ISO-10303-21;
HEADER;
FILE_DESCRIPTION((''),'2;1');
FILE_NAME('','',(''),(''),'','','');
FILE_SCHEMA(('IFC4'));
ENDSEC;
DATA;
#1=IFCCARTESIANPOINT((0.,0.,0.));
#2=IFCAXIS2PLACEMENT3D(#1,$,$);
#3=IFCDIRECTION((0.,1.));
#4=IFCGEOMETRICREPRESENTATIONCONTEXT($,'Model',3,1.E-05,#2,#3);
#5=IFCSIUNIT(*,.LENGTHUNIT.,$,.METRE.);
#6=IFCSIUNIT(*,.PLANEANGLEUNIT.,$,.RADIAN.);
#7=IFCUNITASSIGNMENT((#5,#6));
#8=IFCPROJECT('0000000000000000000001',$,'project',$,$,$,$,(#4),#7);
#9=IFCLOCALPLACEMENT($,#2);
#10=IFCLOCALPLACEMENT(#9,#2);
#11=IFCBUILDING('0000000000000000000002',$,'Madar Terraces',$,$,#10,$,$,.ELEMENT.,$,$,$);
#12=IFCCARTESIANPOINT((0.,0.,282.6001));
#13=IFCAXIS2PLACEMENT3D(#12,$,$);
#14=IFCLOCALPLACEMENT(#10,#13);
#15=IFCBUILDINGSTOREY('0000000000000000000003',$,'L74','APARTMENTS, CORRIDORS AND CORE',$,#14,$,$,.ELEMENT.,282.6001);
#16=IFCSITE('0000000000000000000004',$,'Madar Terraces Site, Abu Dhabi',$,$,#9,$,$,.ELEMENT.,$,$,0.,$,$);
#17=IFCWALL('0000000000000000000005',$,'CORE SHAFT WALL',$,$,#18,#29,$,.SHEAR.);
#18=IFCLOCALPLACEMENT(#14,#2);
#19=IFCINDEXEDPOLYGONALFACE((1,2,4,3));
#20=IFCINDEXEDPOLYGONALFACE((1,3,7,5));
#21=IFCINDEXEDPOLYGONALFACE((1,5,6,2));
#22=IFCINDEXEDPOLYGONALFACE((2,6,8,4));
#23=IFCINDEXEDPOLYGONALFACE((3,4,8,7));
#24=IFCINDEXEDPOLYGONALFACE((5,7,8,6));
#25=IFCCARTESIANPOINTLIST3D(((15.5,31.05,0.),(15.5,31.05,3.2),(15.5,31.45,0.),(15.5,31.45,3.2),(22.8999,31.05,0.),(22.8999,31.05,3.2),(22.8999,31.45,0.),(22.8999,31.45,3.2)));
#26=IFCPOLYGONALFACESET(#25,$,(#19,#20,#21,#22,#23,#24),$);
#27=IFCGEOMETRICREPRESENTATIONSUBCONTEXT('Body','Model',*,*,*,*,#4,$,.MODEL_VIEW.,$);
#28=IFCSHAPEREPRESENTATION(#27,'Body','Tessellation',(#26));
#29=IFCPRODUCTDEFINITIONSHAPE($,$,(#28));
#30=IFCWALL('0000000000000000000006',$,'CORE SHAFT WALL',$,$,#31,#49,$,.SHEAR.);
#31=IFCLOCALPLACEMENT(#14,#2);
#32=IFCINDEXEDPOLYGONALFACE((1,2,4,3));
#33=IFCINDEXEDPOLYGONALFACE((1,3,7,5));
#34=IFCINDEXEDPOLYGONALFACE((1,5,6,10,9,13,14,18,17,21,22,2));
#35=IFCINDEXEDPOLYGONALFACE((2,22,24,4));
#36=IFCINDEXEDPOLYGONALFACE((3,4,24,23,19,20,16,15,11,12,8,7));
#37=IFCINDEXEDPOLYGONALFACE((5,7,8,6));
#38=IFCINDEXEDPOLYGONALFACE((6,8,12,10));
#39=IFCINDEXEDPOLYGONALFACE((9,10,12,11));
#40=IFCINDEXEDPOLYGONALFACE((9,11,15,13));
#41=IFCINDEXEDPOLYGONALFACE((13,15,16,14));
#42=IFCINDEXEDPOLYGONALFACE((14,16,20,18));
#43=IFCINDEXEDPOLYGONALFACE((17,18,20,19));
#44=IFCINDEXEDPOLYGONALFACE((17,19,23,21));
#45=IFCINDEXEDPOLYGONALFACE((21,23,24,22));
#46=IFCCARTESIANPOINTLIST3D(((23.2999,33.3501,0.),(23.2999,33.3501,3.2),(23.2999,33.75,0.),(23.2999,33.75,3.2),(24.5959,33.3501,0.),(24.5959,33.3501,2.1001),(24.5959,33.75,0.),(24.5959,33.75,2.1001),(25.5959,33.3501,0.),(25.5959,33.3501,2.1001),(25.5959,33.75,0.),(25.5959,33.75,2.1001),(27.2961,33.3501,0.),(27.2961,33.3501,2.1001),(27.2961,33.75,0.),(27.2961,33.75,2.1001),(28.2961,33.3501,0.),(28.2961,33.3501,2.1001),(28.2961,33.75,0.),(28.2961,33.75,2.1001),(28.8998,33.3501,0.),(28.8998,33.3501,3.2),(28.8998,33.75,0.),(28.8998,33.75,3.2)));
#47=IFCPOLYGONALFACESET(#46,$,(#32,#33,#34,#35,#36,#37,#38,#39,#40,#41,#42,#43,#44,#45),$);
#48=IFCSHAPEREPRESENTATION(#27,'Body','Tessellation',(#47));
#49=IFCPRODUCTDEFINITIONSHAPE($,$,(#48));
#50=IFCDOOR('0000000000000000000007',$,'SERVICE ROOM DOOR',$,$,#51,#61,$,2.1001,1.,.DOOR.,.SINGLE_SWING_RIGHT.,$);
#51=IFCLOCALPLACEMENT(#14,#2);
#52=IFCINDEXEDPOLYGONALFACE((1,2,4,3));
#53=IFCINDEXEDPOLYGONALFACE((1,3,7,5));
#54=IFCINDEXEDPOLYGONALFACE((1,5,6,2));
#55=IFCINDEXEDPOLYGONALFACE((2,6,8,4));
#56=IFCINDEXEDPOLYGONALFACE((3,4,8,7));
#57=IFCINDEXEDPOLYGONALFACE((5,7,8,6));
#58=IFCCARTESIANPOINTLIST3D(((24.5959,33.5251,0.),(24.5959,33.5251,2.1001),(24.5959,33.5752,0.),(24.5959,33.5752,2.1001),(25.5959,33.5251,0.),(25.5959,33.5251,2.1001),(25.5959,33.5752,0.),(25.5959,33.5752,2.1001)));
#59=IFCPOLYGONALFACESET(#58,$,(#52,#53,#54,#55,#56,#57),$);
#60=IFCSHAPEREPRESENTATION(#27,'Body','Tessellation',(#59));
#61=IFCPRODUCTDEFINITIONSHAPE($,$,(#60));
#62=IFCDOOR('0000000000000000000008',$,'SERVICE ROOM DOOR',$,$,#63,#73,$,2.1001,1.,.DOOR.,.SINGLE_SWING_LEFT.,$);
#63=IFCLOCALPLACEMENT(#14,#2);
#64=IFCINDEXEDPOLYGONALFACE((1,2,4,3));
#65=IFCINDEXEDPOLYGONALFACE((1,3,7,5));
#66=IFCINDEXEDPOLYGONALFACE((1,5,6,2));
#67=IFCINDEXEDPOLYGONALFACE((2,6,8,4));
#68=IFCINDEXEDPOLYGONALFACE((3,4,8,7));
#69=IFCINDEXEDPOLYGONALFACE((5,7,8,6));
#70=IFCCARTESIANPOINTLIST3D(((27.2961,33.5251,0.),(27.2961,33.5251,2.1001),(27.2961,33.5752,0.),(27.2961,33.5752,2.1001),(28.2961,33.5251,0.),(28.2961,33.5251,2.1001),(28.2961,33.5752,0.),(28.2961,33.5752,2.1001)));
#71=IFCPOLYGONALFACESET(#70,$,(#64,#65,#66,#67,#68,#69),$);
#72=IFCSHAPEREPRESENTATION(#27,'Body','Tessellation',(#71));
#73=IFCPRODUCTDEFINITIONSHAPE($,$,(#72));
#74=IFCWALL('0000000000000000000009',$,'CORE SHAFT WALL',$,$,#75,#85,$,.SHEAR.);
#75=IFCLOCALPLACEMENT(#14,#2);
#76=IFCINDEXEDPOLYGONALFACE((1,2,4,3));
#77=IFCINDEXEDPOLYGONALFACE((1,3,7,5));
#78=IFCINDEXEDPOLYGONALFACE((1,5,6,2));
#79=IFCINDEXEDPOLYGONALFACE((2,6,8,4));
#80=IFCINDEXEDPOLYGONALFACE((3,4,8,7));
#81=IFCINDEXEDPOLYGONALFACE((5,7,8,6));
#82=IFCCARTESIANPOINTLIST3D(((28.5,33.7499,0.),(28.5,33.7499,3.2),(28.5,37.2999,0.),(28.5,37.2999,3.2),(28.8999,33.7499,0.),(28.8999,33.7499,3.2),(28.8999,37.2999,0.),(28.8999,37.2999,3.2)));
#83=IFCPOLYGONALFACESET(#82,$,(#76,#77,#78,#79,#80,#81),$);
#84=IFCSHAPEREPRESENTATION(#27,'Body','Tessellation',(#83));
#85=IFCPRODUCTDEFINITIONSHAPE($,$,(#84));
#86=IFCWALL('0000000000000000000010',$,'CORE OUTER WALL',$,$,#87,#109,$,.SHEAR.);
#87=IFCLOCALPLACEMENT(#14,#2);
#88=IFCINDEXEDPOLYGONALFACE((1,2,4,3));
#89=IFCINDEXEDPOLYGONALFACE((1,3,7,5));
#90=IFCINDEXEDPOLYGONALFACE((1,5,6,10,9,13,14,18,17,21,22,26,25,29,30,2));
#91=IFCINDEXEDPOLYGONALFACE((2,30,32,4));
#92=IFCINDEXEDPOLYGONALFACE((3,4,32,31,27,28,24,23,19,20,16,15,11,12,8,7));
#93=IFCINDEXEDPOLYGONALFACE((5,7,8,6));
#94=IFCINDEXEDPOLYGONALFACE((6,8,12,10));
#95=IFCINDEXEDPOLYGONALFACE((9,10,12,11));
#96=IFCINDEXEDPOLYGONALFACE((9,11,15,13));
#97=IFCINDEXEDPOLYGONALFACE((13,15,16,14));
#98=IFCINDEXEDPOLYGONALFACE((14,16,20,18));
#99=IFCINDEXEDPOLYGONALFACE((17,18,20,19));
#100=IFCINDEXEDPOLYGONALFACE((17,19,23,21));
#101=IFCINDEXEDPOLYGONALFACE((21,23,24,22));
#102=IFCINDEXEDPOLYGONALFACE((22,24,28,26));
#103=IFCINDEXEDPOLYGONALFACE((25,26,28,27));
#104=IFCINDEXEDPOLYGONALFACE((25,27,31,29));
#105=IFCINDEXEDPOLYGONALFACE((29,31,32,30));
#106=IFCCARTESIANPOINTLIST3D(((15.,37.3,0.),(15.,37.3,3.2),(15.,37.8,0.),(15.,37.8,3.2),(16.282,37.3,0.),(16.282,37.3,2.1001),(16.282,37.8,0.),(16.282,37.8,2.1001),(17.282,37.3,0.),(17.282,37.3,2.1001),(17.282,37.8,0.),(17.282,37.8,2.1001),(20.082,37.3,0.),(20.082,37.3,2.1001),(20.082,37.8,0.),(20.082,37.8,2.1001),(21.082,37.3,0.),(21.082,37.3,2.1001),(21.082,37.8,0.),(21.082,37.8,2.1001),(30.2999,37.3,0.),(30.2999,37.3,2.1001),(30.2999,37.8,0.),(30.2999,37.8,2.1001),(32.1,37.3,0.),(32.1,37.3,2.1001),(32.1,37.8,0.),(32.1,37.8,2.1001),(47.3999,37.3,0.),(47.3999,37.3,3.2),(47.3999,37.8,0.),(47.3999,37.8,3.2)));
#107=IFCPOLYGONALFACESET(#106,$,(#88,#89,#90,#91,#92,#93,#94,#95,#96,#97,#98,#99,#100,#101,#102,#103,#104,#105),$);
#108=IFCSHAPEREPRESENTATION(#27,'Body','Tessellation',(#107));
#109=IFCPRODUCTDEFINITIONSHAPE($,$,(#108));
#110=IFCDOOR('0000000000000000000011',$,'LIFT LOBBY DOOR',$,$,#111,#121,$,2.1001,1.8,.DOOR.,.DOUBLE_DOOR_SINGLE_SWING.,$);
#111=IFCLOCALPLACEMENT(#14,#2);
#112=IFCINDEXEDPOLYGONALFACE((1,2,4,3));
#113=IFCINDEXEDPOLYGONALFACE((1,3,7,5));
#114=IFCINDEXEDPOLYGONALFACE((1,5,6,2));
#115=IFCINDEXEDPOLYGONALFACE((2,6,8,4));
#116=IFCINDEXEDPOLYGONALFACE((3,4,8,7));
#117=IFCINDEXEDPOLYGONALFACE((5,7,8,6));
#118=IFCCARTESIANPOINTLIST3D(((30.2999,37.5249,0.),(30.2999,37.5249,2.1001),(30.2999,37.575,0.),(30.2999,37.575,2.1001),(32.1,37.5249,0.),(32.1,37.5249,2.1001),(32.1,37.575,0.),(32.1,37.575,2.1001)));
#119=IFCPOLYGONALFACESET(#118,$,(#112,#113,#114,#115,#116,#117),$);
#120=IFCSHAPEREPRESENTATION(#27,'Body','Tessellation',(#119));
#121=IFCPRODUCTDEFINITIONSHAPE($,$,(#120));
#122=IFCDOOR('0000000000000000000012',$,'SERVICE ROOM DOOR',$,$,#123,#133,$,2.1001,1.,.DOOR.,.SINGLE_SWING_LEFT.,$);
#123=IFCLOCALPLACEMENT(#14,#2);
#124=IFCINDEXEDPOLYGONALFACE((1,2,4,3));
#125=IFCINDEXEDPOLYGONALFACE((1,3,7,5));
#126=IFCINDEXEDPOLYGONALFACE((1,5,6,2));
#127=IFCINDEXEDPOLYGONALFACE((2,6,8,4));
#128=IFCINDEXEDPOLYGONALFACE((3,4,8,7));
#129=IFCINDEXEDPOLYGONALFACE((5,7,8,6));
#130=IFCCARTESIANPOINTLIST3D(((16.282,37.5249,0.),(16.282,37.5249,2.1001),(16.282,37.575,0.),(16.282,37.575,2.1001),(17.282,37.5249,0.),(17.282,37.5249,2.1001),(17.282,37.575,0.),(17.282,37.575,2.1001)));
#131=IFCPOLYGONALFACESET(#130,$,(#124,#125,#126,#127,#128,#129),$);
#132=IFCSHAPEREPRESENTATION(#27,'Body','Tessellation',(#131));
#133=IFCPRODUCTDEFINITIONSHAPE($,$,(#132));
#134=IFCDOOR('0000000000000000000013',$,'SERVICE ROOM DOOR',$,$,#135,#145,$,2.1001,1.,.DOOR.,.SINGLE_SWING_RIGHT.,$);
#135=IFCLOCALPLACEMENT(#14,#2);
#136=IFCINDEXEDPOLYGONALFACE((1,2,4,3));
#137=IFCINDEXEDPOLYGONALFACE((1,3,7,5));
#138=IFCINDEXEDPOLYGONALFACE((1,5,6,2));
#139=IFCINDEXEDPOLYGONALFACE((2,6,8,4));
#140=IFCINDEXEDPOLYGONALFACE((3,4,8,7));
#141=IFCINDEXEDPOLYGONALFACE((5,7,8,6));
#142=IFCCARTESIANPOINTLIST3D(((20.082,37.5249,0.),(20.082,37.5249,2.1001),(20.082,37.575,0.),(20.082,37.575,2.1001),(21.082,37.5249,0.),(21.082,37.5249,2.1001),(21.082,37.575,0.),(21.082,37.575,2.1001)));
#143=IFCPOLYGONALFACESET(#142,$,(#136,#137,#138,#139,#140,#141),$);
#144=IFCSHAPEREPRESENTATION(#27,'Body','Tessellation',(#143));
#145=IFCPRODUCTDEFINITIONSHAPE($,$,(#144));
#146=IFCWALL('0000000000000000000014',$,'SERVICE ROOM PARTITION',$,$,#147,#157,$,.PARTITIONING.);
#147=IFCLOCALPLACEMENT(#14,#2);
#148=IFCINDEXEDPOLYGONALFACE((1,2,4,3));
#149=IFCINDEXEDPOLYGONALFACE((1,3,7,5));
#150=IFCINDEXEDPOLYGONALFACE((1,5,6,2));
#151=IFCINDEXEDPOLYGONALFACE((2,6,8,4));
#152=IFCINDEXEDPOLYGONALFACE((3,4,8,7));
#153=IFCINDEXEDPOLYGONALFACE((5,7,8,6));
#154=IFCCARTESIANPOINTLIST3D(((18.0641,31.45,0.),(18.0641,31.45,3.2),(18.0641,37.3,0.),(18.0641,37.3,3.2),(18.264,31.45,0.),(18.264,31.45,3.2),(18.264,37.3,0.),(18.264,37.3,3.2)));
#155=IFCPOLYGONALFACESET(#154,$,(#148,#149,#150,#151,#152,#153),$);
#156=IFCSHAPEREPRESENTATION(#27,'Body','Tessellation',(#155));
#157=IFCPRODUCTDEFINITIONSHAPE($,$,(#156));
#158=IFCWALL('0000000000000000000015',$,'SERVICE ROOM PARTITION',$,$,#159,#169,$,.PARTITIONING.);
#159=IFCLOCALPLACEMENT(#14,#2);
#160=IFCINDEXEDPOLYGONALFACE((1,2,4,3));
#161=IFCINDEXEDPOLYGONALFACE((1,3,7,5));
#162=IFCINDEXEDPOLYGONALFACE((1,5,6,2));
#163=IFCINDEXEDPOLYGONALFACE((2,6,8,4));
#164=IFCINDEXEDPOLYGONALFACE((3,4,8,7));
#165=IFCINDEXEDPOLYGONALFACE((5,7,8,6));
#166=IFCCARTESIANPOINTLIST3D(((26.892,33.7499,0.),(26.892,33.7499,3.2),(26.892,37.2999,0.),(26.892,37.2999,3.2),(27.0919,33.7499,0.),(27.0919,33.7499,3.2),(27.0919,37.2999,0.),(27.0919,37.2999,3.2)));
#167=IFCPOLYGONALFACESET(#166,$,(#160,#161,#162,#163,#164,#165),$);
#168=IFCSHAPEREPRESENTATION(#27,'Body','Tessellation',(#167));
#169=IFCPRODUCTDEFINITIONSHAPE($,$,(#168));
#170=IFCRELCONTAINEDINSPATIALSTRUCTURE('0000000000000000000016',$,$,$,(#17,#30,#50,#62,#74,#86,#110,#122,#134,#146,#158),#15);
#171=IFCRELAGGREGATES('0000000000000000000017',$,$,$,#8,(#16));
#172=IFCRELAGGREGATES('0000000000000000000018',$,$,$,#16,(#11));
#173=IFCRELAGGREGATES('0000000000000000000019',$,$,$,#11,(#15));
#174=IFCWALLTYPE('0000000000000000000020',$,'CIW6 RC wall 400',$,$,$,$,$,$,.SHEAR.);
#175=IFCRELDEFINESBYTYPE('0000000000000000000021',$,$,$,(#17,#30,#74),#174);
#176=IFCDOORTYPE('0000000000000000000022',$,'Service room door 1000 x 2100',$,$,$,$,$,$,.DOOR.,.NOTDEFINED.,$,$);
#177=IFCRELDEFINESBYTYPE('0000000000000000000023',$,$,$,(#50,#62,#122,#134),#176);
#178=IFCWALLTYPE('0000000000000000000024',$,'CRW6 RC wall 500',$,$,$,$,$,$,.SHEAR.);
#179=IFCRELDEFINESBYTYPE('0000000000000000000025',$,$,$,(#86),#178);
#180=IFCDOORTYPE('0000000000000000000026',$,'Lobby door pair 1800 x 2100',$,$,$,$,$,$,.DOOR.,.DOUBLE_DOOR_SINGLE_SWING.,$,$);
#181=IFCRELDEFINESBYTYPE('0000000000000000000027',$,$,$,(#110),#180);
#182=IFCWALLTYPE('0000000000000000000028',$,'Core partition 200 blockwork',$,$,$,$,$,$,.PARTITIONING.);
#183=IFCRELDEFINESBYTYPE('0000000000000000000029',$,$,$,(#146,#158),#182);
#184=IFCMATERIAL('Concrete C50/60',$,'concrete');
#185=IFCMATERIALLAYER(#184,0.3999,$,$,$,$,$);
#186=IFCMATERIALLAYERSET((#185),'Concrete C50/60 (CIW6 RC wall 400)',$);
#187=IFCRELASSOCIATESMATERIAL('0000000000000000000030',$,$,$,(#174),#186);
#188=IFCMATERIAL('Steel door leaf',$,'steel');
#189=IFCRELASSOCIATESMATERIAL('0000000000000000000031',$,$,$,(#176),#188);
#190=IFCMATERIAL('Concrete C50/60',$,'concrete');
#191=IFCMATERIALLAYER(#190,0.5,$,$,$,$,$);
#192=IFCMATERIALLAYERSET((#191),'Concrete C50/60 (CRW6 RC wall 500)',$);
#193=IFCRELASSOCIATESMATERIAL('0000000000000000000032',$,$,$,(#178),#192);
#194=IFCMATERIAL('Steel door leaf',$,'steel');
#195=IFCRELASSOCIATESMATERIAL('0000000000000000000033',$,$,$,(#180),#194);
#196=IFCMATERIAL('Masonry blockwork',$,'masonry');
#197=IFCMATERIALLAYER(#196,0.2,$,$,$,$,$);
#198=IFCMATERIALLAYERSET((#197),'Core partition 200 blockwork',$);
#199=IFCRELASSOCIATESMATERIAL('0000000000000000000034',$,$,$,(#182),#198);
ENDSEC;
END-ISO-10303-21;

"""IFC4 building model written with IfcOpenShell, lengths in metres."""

from ifc_helpers import new_model, si_unit, direction, frame, frame_2d, origin, place, context, subcontext, project, spatial, rectangle, extrude, material, layer, layer_set, type_object, element, fill, save


model = new_model("IFC4")

# Units and contexts
model_context = context("Model", 3, precision=1e-05, world=origin(), true_north=direction((0.0, 1.0)))
body_context = subcontext(model_context, "Body", "Model", "MODEL_VIEW")
ifc_project = project(units=[si_unit("LENGTHUNIT", "METRE"), si_unit("PLANEANGLEUNIT", "RADIAN")], contexts=[model_context])

# Site, building, storey
site_placement = place(None, origin())
site = spatial("IfcSite", under=ifc_project, at=site_placement, Name="Madar Terraces Site, Abu Dhabi", CompositionType="ELEMENT", RefElevation=0.0)
building_placement = place(site_placement, origin())
building = spatial("IfcBuilding", under=site, at=building_placement, Name="Madar Terraces", CompositionType="ELEMENT")
storey_placement = place(building_placement, frame((0.0, 0.0, 282.6001)))
storey = spatial("IfcBuildingStorey", under=building, at=storey_placement, Name="L74", Description="APARTMENTS, CORRIDORS AND CORE", CompositionType="ELEMENT", Elevation=282.6001)

# Wall
ifc_material_1 = material(Name="Concrete C50/60", Category="concrete")
ifc_layer_1 = layer(ifc_material_1, 0.3999)
ifc_layer_set_1 = layer_set([ifc_layer_1], Name="Concrete C50/60 (CIW6 RC wall 400)")
wall_type_1 = type_object("IfcWallType", Name="CIW6 RC wall 400", PredefinedType="SHEAR", material=ifc_layer_set_1)
wall_1_placement = place(storey_placement, frame((15.5, 31.25, 0.0), z_axis=(0.0, 0.0, 1.0), x_axis=(1.0, 0.0, 0.0)))
element("IfcWall", 1, at=wall_1_placement, inside=storey, type_object=wall_type_1, Name="CORE SHAFT WALL", PredefinedType="SHEAR", context=body_context, shape_type="SweptSolid", body=[
    extrude(rectangle(XDim=7.3999, YDim=0.3999, at=frame_2d((3.7, 0.0))), origin(), (0.0, 0.0, 1.0), 3.2),
])

# Wall, openings, doors
wall_2_placement = place(storey_placement, frame((23.3, 33.55, 0.0), z_axis=(0.0, 0.0, 1.0), x_axis=(1.0, 0.0, 0.0)))
wall_2 = element("IfcWall", 2, at=wall_2_placement, inside=storey, type_object=wall_type_1, Name="CORE SHAFT WALL", PredefinedType="SHEAR", context=body_context, shape_type="SweptSolid", body=[
    extrude(rectangle(XDim=5.5999, YDim=0.3999, at=frame_2d((2.7998, 0.0))), origin(), (0.0, 0.0, 1.0), 3.2),
])
opening_1_placement = place(wall_2_placement, frame((1.2959, 0.0, 0.0)))
opening_1 = element("IfcOpeningElement", 3, at=opening_1_placement, cuts=wall_2, PredefinedType="OPENING", context=body_context, shape_type="SweptSolid", body=[
    extrude(rectangle(XDim=1.0, YDim=2.1001, at=frame_2d((0.5, 1.05))), frame((0.0, 0.21, 0.0), z_axis=(0.0, -1.0, 0.0), x_axis=(1.0, 0.0, 0.0)), (0.0, 0.0, 1.0), 0.4199),
])
opening_2_placement = place(wall_2_placement, frame((3.9961, 0.0, 0.0)))
opening_2 = element("IfcOpeningElement", 4, at=opening_2_placement, cuts=wall_2, PredefinedType="OPENING", context=body_context, shape_type="SweptSolid", body=[
    extrude(rectangle(XDim=1.0, YDim=2.1001, at=frame_2d((0.5, 1.05))), frame((0.0, 0.21, 0.0), z_axis=(0.0, -1.0, 0.0), x_axis=(1.0, 0.0, 0.0)), (0.0, 0.0, 1.0), 0.4199),
])
ifc_material_2 = material(Name="Steel door leaf", Category="steel")
door_type_1 = type_object("IfcDoorType", Name="Service room door 1000 x 2100", OperationType="NOTDEFINED", PredefinedType="DOOR", material=ifc_material_2)
door_1_placement = place(opening_1_placement, frame((1.0, 0.0, 0.0), z_axis=(0.0, 0.0, 1.0), x_axis=(-1.0, 0.0, 0.0)))
door_1 = element("IfcDoor", 5, at=door_1_placement, inside=storey, type_object=door_type_1, Name="SERVICE ROOM DOOR", OperationType="SINGLE_SWING_RIGHT", OverallHeight=2.1001, OverallWidth=1.0, PredefinedType="DOOR", context=body_context, shape_type="SweptSolid", body=[
    extrude(rectangle(XDim=1.0, YDim=2.1001, at=frame_2d((0.5, 1.05))), frame((0.0, 0.0249, 0.0), z_axis=(0.0, -1.0, 0.0), x_axis=(1.0, 0.0, 0.0)), (0.0, 0.0, 1.0), 0.05),
])
fill(opening_1, door_1)
door_2_placement = place(opening_2_placement, frame((1.0, 0.0, 0.0), z_axis=(0.0, 0.0, 1.0), x_axis=(-1.0, 0.0, 0.0)))
door_2 = element("IfcDoor", 6, at=door_2_placement, inside=storey, type_object=door_type_1, Name="SERVICE ROOM DOOR", OperationType="SINGLE_SWING_LEFT", OverallHeight=2.1001, OverallWidth=1.0, PredefinedType="DOOR", context=body_context, shape_type="SweptSolid", body=[
    extrude(rectangle(XDim=1.0, YDim=2.1001, at=frame_2d((0.5, 1.05))), frame((0.0, 0.0249, 0.0), z_axis=(0.0, -1.0, 0.0), x_axis=(1.0, 0.0, 0.0)), (0.0, 0.0, 1.0), 0.05),
])
fill(opening_2, door_2)

# Wall
wall_3_placement = place(storey_placement, frame((28.7, 33.75, 0.0), z_axis=(0.0, 0.0, 1.0), x_axis=(0.0, 1.0, 0.0)))
element("IfcWall", 7, at=wall_3_placement, inside=storey, type_object=wall_type_1, Name="CORE SHAFT WALL", PredefinedType="SHEAR", context=body_context, shape_type="SweptSolid", body=[
    extrude(rectangle(XDim=3.55, YDim=0.3999, at=frame_2d((1.7749, 0.0))), origin(), (0.0, 0.0, 1.0), 3.2),
])

# Wall, openings, doors
ifc_material_3 = material(Name="Concrete C50/60", Category="concrete")
ifc_layer_2 = layer(ifc_material_3, 0.5)
ifc_layer_set_2 = layer_set([ifc_layer_2], Name="Concrete C50/60 (CRW6 RC wall 500)")
wall_type_2 = type_object("IfcWallType", Name="CRW6 RC wall 500", PredefinedType="SHEAR", material=ifc_layer_set_2)
wall_4_placement = place(storey_placement, frame((15.0, 37.55, 0.0), z_axis=(0.0, 0.0, 1.0), x_axis=(1.0, 0.0, 0.0)))
wall_4 = element("IfcWall", 8, at=wall_4_placement, inside=storey, type_object=wall_type_2, Name="CORE OUTER WALL", PredefinedType="SHEAR", context=body_context, shape_type="SweptSolid", body=[
    extrude(rectangle(XDim=32.3999, YDim=0.5, at=frame_2d((16.2, 0.0))), origin(), (0.0, 0.0, 1.0), 3.2),
])
opening_3_placement = place(wall_4_placement, frame((15.3, 0.0, 0.0)))
opening_3 = element("IfcOpeningElement", 9, at=opening_3_placement, cuts=wall_4, PredefinedType="OPENING", context=body_context, shape_type="SweptSolid", body=[
    extrude(rectangle(XDim=1.8, YDim=2.1001, at=frame_2d((0.8999, 1.05))), frame((0.0, 0.26, 0.0), z_axis=(0.0, -1.0, 0.0), x_axis=(1.0, 0.0, 0.0)), (0.0, 0.0, 1.0), 0.52),
])
opening_4_placement = place(wall_4_placement, frame((1.282, 0.0, 0.0)))
opening_4 = element("IfcOpeningElement", 10, at=opening_4_placement, cuts=wall_4, PredefinedType="OPENING", context=body_context, shape_type="SweptSolid", body=[
    extrude(rectangle(XDim=1.0, YDim=2.1001, at=frame_2d((0.5, 1.05))), frame((0.0, 0.26, 0.0), z_axis=(0.0, -1.0, 0.0), x_axis=(1.0, 0.0, 0.0)), (0.0, 0.0, 1.0), 0.52),
])
opening_5_placement = place(wall_4_placement, frame((5.082, 0.0, 0.0)))
opening_5 = element("IfcOpeningElement", 11, at=opening_5_placement, cuts=wall_4, PredefinedType="OPENING", context=body_context, shape_type="SweptSolid", body=[
    extrude(rectangle(XDim=1.0, YDim=2.1001, at=frame_2d((0.5, 1.05))), frame((0.0, 0.26, 0.0), z_axis=(0.0, -1.0, 0.0), x_axis=(1.0, 0.0, 0.0)), (0.0, 0.0, 1.0), 0.52),
])
ifc_material_4 = material(Name="Steel door leaf", Category="steel")
door_type_2 = type_object("IfcDoorType", Name="Lobby door pair 1800 x 2100", OperationType="DOUBLE_DOOR_SINGLE_SWING", PredefinedType="DOOR", material=ifc_material_4)
door_3_placement = place(opening_3_placement, origin())
door_3 = element("IfcDoor", 12, at=door_3_placement, inside=storey, type_object=door_type_2, Name="LIFT LOBBY DOOR", OperationType="DOUBLE_DOOR_SINGLE_SWING", OverallHeight=2.1001, OverallWidth=1.8, PredefinedType="DOOR", context=body_context, shape_type="SweptSolid", body=[
    extrude(rectangle(XDim=1.8, YDim=2.1001, at=frame_2d((0.8999, 1.05))), frame((0.0, 0.0249, 0.0), z_axis=(0.0, -1.0, 0.0), x_axis=(1.0, 0.0, 0.0)), (0.0, 0.0, 1.0), 0.05),
])
fill(opening_3, door_3)
door_4_placement = place(opening_4_placement, origin())
door_4 = element("IfcDoor", 13, at=door_4_placement, inside=storey, type_object=door_type_1, Name="SERVICE ROOM DOOR", OperationType="SINGLE_SWING_LEFT", OverallHeight=2.1001, OverallWidth=1.0, PredefinedType="DOOR", context=body_context, shape_type="SweptSolid", body=[
    extrude(rectangle(XDim=1.0, YDim=2.1001, at=frame_2d((0.5, 1.05))), frame((0.0, 0.0249, 0.0), z_axis=(0.0, -1.0, 0.0), x_axis=(1.0, 0.0, 0.0)), (0.0, 0.0, 1.0), 0.05),
])
fill(opening_4, door_4)
door_5_placement = place(opening_5_placement, origin())
door_5 = element("IfcDoor", 14, at=door_5_placement, inside=storey, type_object=door_type_1, Name="SERVICE ROOM DOOR", OperationType="SINGLE_SWING_RIGHT", OverallHeight=2.1001, OverallWidth=1.0, PredefinedType="DOOR", context=body_context, shape_type="SweptSolid", body=[
    extrude(rectangle(XDim=1.0, YDim=2.1001, at=frame_2d((0.5, 1.05))), frame((0.0, 0.0249, 0.0), z_axis=(0.0, -1.0, 0.0), x_axis=(1.0, 0.0, 0.0)), (0.0, 0.0, 1.0), 0.05),
])
fill(opening_5, door_5)

# Walls
ifc_material_5 = material(Name="Masonry blockwork", Category="masonry")
ifc_layer_3 = layer(ifc_material_5, 0.2)
ifc_layer_set_3 = layer_set([ifc_layer_3], Name="Core partition 200 blockwork")
wall_type_3 = type_object("IfcWallType", Name="Core partition 200 blockwork", PredefinedType="PARTITIONING", material=ifc_layer_set_3)
wall_5_placement = place(storey_placement, frame((18.1641, 31.45, 0.0), z_axis=(0.0, 0.0, 1.0), x_axis=(0.0, 1.0, 0.0)))
element("IfcWall", 15, at=wall_5_placement, inside=storey, type_object=wall_type_3, Name="SERVICE ROOM PARTITION", PredefinedType="PARTITIONING", context=body_context, shape_type="SweptSolid", body=[
    extrude(rectangle(XDim=5.8501, YDim=0.2, at=frame_2d((2.925, 0.0))), origin(), (0.0, 0.0, 1.0), 3.2),
])
wall_6_placement = place(storey_placement, frame((26.9919, 33.75, 0.0), z_axis=(0.0, 0.0, 1.0), x_axis=(0.0, 1.0, 0.0)))
element("IfcWall", 16, at=wall_6_placement, inside=storey, type_object=wall_type_3, Name="SERVICE ROOM PARTITION", PredefinedType="PARTITIONING", context=body_context, shape_type="SweptSolid", body=[
    extrude(rectangle(XDim=3.55, YDim=0.2, at=frame_2d((1.7749, 0.0))), origin(), (0.0, 0.0, 1.0), 3.2),
])

save(model, "model.ifc")
